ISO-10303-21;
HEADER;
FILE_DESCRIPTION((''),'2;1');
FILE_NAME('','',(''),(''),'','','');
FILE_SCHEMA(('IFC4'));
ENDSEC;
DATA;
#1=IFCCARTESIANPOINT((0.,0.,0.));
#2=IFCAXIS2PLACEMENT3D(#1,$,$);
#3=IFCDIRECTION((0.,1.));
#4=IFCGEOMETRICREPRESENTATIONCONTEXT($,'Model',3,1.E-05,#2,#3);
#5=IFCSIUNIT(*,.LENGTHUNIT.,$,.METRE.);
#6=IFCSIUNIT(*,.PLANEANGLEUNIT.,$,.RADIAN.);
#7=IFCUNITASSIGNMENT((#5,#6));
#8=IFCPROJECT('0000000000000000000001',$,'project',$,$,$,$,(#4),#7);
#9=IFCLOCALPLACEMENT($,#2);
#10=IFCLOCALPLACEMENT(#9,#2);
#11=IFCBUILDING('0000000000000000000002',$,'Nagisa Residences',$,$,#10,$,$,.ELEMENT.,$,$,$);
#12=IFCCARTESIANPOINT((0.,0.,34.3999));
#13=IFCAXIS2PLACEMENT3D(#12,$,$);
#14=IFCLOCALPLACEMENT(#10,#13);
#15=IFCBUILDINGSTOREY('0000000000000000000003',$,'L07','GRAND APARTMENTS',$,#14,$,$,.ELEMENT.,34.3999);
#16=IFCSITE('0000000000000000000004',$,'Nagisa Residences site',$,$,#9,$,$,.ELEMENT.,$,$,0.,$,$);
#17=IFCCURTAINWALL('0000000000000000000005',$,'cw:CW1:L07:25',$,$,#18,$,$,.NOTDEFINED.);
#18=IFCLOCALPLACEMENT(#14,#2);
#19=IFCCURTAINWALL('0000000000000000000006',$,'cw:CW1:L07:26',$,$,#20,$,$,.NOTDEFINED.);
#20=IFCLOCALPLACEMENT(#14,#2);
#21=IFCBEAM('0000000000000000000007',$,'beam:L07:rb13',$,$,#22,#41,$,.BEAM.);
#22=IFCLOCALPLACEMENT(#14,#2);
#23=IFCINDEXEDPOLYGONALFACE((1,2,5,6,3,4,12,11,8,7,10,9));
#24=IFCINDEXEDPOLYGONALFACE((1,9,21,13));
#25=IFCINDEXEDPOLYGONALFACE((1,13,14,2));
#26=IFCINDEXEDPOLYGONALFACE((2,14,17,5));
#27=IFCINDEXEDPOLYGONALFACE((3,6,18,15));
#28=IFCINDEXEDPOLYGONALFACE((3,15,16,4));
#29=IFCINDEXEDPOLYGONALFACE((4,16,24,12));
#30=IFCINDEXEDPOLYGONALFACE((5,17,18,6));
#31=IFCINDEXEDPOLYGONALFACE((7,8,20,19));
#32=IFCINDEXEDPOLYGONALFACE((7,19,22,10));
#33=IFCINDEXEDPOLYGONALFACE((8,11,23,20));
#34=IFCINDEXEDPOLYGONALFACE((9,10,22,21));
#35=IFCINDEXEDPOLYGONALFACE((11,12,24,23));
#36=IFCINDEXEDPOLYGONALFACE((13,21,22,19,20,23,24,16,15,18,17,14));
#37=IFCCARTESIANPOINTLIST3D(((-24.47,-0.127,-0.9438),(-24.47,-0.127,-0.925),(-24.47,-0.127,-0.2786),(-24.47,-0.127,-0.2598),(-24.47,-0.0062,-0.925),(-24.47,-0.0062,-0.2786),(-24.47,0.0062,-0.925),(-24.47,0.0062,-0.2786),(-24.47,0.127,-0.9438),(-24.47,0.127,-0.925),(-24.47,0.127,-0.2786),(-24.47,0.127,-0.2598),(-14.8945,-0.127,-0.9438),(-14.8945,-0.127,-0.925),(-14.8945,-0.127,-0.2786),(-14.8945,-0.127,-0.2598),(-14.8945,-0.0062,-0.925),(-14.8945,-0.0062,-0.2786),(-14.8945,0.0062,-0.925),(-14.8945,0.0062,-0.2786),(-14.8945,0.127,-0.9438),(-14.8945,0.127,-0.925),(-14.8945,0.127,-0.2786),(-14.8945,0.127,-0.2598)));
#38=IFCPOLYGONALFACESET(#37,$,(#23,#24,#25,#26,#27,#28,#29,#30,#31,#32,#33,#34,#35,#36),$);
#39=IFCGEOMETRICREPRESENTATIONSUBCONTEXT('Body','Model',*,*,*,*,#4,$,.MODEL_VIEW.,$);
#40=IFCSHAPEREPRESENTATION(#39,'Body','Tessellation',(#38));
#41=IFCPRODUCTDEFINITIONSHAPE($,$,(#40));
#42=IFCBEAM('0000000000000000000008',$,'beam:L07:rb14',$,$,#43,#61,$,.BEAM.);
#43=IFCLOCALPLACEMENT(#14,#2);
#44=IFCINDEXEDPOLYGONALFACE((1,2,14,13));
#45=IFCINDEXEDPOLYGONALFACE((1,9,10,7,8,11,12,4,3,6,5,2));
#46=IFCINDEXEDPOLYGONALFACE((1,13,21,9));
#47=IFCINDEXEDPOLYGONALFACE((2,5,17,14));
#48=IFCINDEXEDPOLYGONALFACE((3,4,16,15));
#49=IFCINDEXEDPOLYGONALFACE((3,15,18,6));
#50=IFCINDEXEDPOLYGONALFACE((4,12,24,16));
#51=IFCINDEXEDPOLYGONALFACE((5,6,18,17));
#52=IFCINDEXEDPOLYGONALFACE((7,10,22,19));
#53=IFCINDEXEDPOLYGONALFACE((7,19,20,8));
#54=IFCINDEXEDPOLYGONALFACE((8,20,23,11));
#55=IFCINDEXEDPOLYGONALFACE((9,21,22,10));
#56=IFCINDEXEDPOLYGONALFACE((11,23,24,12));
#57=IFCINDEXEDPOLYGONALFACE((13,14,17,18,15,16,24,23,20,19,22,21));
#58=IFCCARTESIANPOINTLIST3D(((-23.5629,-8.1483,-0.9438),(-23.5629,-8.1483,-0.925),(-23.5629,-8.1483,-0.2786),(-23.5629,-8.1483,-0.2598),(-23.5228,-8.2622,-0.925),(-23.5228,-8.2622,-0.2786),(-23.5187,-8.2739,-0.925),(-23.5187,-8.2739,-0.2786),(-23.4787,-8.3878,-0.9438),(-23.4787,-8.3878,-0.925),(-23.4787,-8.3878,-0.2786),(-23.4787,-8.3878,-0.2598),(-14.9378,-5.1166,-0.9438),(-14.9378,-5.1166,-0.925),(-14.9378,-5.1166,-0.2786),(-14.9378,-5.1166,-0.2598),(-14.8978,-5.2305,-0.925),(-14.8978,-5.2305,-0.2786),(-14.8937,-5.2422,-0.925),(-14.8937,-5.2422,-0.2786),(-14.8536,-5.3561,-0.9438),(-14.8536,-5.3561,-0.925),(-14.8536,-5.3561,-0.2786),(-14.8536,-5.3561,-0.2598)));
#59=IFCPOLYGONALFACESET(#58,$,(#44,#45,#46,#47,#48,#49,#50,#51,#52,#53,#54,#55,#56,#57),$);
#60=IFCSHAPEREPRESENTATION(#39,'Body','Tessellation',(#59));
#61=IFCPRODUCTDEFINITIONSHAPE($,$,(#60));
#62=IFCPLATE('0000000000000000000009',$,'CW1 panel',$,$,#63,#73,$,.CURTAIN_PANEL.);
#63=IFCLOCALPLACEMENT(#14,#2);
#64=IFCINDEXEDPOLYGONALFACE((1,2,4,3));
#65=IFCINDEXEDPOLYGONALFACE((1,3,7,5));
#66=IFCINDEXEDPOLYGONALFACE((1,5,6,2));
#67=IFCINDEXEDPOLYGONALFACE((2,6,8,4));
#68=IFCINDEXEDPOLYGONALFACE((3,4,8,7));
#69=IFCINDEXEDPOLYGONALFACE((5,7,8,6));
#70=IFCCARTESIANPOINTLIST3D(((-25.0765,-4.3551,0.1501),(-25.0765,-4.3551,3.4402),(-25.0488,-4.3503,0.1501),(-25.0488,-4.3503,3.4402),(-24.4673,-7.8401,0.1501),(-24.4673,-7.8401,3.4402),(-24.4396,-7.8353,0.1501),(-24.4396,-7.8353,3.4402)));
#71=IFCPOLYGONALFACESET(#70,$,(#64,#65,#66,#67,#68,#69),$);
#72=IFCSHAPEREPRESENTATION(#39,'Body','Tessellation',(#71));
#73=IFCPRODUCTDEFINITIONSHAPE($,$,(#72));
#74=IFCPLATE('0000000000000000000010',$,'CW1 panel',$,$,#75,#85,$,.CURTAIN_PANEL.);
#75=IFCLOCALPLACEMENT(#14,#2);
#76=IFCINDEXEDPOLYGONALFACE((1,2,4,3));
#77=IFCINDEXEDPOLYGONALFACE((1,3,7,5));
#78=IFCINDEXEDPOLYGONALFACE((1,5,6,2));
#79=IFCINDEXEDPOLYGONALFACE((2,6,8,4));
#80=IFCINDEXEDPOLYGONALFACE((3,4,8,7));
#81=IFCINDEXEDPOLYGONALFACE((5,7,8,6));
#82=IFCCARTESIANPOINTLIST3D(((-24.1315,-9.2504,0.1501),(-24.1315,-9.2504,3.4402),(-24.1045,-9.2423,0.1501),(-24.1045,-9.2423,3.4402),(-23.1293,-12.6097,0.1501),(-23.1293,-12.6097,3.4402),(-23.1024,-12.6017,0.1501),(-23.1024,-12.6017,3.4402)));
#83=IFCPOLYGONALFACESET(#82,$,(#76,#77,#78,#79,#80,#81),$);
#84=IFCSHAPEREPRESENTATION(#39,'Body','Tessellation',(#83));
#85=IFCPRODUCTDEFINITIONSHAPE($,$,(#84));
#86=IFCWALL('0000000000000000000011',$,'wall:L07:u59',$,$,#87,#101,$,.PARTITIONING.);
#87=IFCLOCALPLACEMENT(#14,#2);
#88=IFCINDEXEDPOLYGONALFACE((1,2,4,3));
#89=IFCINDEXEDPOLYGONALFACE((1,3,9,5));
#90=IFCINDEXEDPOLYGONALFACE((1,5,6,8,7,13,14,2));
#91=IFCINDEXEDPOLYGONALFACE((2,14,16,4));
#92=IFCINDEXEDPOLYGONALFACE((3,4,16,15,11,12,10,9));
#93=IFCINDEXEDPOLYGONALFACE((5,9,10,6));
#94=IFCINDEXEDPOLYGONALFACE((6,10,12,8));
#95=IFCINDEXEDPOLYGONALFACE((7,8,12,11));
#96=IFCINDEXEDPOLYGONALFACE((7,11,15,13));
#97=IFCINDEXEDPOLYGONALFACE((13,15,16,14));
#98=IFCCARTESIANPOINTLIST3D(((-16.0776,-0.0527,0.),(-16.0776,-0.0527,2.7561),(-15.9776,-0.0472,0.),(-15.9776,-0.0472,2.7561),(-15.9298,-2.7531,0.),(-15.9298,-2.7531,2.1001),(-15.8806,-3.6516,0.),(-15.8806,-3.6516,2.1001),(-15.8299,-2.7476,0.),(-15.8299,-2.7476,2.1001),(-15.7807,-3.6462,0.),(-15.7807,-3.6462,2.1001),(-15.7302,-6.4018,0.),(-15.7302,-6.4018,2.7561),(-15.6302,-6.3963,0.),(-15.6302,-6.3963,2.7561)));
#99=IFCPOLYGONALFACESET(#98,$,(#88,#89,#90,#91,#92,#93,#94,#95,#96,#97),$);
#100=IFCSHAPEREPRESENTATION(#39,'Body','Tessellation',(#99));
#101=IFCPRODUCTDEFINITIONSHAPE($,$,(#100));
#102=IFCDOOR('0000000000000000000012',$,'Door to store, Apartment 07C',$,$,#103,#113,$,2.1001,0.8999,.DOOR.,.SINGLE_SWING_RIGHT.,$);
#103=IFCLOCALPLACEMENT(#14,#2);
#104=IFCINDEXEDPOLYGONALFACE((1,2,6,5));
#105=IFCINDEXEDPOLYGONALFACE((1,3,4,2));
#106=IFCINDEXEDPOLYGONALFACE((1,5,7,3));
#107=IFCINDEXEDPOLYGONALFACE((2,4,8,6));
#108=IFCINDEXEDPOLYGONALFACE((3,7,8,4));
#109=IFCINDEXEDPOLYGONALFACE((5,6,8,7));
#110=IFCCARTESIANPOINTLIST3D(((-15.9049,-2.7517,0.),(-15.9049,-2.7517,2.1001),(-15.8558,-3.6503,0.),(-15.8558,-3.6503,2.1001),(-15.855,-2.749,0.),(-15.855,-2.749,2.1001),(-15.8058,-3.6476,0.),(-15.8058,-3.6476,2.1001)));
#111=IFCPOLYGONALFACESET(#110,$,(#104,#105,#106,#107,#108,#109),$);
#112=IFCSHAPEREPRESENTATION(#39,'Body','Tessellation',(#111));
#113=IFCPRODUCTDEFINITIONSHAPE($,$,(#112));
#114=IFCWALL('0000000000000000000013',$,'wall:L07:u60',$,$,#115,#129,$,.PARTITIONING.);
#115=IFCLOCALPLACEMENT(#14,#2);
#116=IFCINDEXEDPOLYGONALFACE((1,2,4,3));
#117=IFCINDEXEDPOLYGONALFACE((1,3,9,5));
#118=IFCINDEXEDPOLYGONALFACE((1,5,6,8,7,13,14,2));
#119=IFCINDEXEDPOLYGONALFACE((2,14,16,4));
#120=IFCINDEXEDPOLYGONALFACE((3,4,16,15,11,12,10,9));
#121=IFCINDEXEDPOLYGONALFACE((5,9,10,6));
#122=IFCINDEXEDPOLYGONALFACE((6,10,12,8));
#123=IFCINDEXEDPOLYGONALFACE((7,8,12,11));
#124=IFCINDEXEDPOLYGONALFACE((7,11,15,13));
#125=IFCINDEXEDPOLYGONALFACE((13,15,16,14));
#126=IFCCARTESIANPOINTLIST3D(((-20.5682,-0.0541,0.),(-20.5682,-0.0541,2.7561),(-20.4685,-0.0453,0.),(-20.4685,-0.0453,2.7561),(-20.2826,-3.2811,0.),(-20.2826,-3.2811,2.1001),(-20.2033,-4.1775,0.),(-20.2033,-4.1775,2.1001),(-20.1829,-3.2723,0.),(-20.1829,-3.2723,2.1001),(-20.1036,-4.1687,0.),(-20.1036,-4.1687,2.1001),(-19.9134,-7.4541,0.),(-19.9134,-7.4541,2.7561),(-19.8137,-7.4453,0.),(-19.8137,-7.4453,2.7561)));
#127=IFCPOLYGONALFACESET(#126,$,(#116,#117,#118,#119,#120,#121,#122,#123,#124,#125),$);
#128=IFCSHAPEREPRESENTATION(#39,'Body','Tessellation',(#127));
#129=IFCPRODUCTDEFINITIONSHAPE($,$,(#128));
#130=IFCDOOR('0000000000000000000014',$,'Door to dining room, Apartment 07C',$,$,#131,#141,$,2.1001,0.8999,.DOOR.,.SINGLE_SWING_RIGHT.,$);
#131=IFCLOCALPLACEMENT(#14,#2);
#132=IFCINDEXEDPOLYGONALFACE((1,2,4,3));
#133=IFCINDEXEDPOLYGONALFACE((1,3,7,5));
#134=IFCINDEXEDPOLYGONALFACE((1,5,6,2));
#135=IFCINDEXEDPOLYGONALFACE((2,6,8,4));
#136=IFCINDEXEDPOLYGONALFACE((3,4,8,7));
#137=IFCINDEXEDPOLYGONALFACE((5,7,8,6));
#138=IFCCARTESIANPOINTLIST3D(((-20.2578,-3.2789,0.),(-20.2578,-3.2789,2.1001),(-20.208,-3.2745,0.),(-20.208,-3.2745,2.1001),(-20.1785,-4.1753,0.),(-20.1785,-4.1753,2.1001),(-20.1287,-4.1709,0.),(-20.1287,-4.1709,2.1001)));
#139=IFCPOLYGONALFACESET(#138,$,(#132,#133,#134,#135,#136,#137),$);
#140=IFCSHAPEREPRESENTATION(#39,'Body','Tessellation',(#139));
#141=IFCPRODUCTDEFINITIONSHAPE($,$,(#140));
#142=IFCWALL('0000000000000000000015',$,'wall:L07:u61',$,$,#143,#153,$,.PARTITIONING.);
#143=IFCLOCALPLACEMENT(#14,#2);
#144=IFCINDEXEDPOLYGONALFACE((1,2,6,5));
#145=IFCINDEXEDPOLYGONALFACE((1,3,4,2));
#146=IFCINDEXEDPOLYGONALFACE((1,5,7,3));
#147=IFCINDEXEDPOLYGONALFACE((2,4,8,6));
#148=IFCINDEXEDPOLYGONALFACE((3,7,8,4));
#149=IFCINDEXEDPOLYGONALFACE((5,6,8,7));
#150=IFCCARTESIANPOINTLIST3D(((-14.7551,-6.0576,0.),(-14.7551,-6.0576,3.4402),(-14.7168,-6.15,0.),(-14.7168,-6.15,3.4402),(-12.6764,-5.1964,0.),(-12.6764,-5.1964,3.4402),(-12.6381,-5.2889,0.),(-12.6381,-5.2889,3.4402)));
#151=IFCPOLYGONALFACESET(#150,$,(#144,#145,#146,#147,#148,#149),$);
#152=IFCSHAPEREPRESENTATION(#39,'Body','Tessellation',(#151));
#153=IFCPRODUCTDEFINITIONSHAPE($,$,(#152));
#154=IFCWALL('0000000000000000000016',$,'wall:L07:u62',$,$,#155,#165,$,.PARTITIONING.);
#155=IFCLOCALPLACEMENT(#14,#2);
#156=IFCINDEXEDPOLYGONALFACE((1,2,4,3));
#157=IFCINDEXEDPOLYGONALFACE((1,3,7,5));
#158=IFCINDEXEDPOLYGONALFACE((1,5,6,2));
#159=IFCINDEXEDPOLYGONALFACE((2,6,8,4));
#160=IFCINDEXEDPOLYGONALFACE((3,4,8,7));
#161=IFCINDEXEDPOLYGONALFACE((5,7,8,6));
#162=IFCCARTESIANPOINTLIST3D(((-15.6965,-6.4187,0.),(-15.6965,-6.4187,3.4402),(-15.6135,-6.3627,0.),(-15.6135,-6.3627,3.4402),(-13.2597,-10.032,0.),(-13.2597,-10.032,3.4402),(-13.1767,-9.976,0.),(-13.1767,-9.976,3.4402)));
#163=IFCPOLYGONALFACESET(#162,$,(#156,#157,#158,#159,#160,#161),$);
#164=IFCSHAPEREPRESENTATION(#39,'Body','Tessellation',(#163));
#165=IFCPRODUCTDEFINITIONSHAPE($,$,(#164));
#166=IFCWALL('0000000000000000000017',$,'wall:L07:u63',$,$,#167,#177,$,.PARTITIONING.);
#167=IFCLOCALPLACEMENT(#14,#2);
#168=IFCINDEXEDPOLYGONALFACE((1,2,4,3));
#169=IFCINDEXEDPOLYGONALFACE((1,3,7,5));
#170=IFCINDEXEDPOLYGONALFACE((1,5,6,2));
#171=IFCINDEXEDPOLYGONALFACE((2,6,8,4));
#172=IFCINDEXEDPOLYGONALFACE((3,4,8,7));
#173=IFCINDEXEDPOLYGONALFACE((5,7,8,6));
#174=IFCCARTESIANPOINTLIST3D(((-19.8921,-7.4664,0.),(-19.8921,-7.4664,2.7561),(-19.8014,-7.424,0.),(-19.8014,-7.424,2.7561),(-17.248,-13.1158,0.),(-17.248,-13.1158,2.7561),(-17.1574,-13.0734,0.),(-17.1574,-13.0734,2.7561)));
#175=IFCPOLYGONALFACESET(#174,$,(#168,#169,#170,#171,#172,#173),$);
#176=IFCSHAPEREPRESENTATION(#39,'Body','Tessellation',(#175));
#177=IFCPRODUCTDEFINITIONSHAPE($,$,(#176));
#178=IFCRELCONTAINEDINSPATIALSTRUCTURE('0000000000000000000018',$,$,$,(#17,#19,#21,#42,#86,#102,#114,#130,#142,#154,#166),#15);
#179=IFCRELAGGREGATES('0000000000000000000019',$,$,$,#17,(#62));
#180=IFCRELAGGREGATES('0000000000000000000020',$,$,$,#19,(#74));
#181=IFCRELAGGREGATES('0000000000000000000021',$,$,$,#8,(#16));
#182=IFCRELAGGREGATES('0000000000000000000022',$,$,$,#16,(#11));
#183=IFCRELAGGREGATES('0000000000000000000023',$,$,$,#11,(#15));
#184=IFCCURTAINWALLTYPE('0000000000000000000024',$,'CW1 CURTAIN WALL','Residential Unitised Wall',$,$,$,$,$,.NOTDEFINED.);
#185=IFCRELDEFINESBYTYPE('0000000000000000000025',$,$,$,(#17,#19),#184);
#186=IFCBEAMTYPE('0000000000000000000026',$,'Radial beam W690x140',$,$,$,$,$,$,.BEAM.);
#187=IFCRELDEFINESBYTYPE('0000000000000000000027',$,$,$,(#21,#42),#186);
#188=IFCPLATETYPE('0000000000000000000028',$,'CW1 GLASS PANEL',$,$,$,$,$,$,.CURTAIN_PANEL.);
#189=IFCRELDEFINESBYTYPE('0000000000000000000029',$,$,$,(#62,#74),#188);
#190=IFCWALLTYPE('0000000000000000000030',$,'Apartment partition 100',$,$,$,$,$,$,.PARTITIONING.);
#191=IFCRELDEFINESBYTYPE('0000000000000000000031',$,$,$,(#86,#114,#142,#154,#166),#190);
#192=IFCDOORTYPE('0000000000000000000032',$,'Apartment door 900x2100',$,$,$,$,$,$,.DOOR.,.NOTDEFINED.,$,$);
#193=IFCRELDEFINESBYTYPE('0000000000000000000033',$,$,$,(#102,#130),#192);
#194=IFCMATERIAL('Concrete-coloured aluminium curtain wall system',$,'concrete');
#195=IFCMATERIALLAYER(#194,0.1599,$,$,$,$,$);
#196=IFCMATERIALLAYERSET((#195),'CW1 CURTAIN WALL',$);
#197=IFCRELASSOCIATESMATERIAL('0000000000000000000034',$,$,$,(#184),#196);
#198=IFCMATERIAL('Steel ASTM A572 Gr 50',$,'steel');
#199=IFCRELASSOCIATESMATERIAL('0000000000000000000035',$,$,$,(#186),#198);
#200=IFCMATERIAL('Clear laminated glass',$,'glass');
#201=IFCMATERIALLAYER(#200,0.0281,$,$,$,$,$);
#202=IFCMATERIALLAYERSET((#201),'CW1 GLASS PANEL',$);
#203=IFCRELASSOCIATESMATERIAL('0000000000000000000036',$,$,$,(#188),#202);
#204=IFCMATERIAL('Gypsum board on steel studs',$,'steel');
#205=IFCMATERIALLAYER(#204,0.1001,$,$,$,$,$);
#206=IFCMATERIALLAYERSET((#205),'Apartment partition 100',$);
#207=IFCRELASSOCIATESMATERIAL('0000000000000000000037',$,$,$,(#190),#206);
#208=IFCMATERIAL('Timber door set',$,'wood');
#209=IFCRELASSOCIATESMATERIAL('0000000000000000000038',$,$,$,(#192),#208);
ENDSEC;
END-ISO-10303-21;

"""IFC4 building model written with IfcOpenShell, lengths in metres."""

from ifc_helpers import new_model, si_unit, direction, frame, frame_2d, origin, origin_2d, place, context, subcontext, project, spatial, rectangle, i_section, extrude, material, layer, layer_set, material_profile, profile_set, type_object, element, fill, aggregate, save


model = new_model("IFC4")

# Units and contexts
model_context = context("Model", 3, precision=1e-05, world=origin(), true_north=direction((0.0, 1.0)))
body_context = subcontext(model_context, "Body", "Model", "MODEL_VIEW")
ifc_project = project(units=[si_unit("LENGTHUNIT", "METRE"), si_unit("PLANEANGLEUNIT", "RADIAN")], contexts=[model_context])

# Site, building, storey
site_placement = place(None, origin())
site = spatial("IfcSite", under=ifc_project, at=site_placement, Name="Nagisa Residences site", CompositionType="ELEMENT", RefElevation=0.0)
building_placement = place(site_placement, origin())
building = spatial("IfcBuilding", under=site, at=building_placement, Name="Nagisa Residences", CompositionType="ELEMENT")
storey_placement = place(building_placement, frame((0.0, 0.0, 34.3999)))
storey = spatial("IfcBuildingStorey", under=building, at=storey_placement, Name="L07", Description="GRAND APARTMENTS", CompositionType="ELEMENT", Elevation=34.3999)

# Curtain walls
ifc_material_1 = material(Name="Concrete-coloured aluminium curtain wall system", Category="concrete")
ifc_layer_1 = layer(ifc_material_1, 0.1599)
ifc_layer_set_1 = layer_set([ifc_layer_1], Name="CW1 CURTAIN WALL")
curtain_wall_type = type_object("IfcCurtainWallType", Name="CW1 CURTAIN WALL", Description="Residential Unitised Wall", PredefinedType="NOTDEFINED", material=ifc_layer_set_1)
curtain_wall_1_placement = place(storey_placement, origin())
curtain_wall_1 = element("IfcCurtainWall", 1, at=curtain_wall_1_placement, inside=storey, type_object=curtain_wall_type, Name="cw:CW1:L07:25", PredefinedType="NOTDEFINED")
curtain_wall_2_placement = place(storey_placement, origin())
curtain_wall_2 = element("IfcCurtainWall", 2, at=curtain_wall_2_placement, inside=storey, type_object=curtain_wall_type, Name="cw:CW1:L07:26", PredefinedType="NOTDEFINED")

# Beams
ifc_material_2 = material(Name="Steel ASTM A572 Gr 50", Category="steel")
ifc_material_profile_1 = material_profile(ifc_material_2, i_section(OverallWidth=0.2539, OverallDepth=0.6841, WebThickness=0.0125, FlangeThickness=0.0188, at=origin_2d()), Name="W690x140")
ifc_profile_set_1 = profile_set([ifc_material_profile_1], Name="Steel ASTM A572 Gr 50")
beam_type_1 = type_object("IfcBeamType", Name="Radial beam W690x140", PredefinedType="BEAM", material=ifc_profile_set_1)
beam_1_placement = place(storey_placement, frame((-24.47, 0.0, -0.6018), z_axis=(1.0, 0.0, 0.0), x_axis=(0.0, 1.0, 0.0)))
element("IfcBeam", 3, at=beam_1_placement, inside=storey, type_object=beam_type_1, Name="beam:L07:rb13", PredefinedType="BEAM", context=body_context, shape_type="SweptSolid", body=[
    extrude(i_section(OverallWidth=0.2539, OverallDepth=0.6841, WebThickness=0.0125, FlangeThickness=0.0188, at=origin_2d()), origin(), (0.0, 0.0, 1.0), 9.5754),
])
beam_2_placement = place(storey_placement, frame((-23.5208, -8.2681, -0.6018), z_axis=(0.943415, 0.331616, 0.0), x_axis=(-0.331616, 0.943415, 0.0)))
element("IfcBeam", 4, at=beam_2_placement, inside=storey, type_object=beam_type_1, Name="beam:L07:rb14", PredefinedType="BEAM", context=body_context, shape_type="SweptSolid", body=[
    extrude(i_section(OverallWidth=0.2539, OverallDepth=0.6841, WebThickness=0.0125, FlangeThickness=0.0188, at=origin_2d()), origin(), (0.0, 0.0, 1.0), 9.1423),
])

# Plates
ifc_material_3 = material(Name="Clear laminated glass", Category="glass")
ifc_layer_2 = layer(ifc_material_3, 0.0281)
ifc_layer_set_2 = layer_set([ifc_layer_2], Name="CW1 GLASS PANEL")
plate_type = type_object("IfcPlateType", Name="CW1 GLASS PANEL", PredefinedType="CURTAIN_PANEL", material=ifc_layer_set_2)
plate_1_placement = place(storey_placement, frame((-24.7581, -6.0952, 0.1501), z_axis=(0.0, 0.0, 1.0), x_axis=(0.172191, -0.985064, 0.0)))
plate_1 = element("IfcPlate", 5, at=plate_1_placement, type_object=plate_type, Name="CW1 panel", PredefinedType="CURTAIN_PANEL", context=body_context, shape_type="SweptSolid", body=[
    extrude(rectangle(XDim=3.5378, YDim=0.0281, at=origin_2d()), origin(), (0.0, 0.0, 1.0), 3.29),
])
aggregate(curtain_wall_1, [plate_1])
plate_2_placement = place(storey_placement, frame((-23.6169, -10.926, 0.1501), z_axis=(0.0, 0.0, 1.0), x_axis=(0.28586, -0.958271, 0.0)))
plate_2 = element("IfcPlate", 6, at=plate_2_placement, type_object=plate_type, Name="CW1 panel", PredefinedType="CURTAIN_PANEL", context=body_context, shape_type="SweptSolid", body=[
    extrude(rectangle(XDim=3.5056, YDim=0.0281, at=origin_2d()), origin(), (0.0, 0.0, 1.0), 3.29),
])
aggregate(curtain_wall_2, [plate_2])

# Walls, openings, doors
ifc_material_4 = material(Name="Gypsum board on steel studs", Category="steel")
ifc_layer_3 = layer(ifc_material_4, 0.1001)
ifc_layer_set_3 = layer_set([ifc_layer_3], Name="Apartment partition 100")
wall_type_1 = type_object("IfcWallType", Name="Apartment partition 100", PredefinedType="PARTITIONING", material=ifc_layer_set_3)
wall_1_placement = place(storey_placement, frame((-16.0276, -0.05, 0.0), z_axis=(0.0, 0.0, 1.0), x_axis=(0.054636, -0.998506, 0.0)))
wall_1 = element("IfcWall", 7, at=wall_1_placement, inside=storey, type_object=wall_type_1, Name="wall:L07:u59", PredefinedType="PARTITIONING", context=body_context, shape_type="SweptSolid", body=[
    extrude(rectangle(XDim=6.3586, YDim=0.1001, at=frame_2d((3.1792, 0.0))), origin(), (0.0, 0.0, 1.0), 2.7561),
])
opening_1_placement = place(wall_1_placement, frame((2.7043, 0.0, 0.0)))
opening_1 = element("IfcOpeningElement", 8, at=opening_1_placement, cuts=wall_1, PredefinedType="OPENING", context=body_context, shape_type="SweptSolid", body=[
    extrude(rectangle(XDim=0.8999, YDim=2.1001, at=frame_2d((0.45, 1.05))), frame((0.0, 0.0601, 0.0), z_axis=(0.0, -1.0, 0.0), x_axis=(1.0, 0.0, 0.0)), (0.0, 0.0, 1.0), 0.1201),
])
ifc_material_5 = material(Name="Timber door set", Category="wood")
door_type_1 = type_object("IfcDoorType", Name="Apartment door 900x2100", OperationType="NOTDEFINED", PredefinedType="DOOR", material=ifc_material_5)
door_1_placement = place(opening_1_placement, origin())
door_1 = element("IfcDoor", 9, at=door_1_placement, inside=storey, type_object=door_type_1, Name="Door to store, Apartment 07C", OperationType="SINGLE_SWING_RIGHT", OverallHeight=2.1001, OverallWidth=0.8999, PredefinedType="DOOR", context=body_context, shape_type="SweptSolid", body=[
    extrude(rectangle(XDim=0.8999, YDim=2.1001, at=frame_2d((0.45, 1.05))), frame((0.0, 0.0249, 0.0), z_axis=(0.0, -1.0, 0.0), x_axis=(1.0, 0.0, 0.0)), (0.0, 0.0, 1.0), 0.05),
])
fill(opening_1, door_1)
wall_2_placement = place(storey_placement, frame((-20.5183, -0.0498, 0.0), z_axis=(0.0, 0.0, 1.0), x_axis=(0.088138, -0.996108, 0.0)))
wall_2 = element("IfcWall", 10, at=wall_2_placement, inside=storey, type_object=wall_type_1, Name="wall:L07:u60", PredefinedType="PARTITIONING", context=body_context, shape_type="SweptSolid", body=[
    extrude(rectangle(XDim=7.429, YDim=0.1001, at=frame_2d((3.7144, 0.0))), origin(), (0.0, 0.0, 1.0), 2.7561),
])
opening_2_placement = place(wall_2_placement, frame((3.2395, 0.0, 0.0)))
opening_2 = element("IfcOpeningElement", 11, at=opening_2_placement, cuts=wall_2, PredefinedType="OPENING", context=body_context, shape_type="SweptSolid", body=[
    extrude(rectangle(XDim=0.8999, YDim=2.1001, at=frame_2d((0.45, 1.05))), frame((0.0, 0.0601, 0.0), z_axis=(0.0, -1.0, 0.0), x_axis=(1.0, 0.0, 0.0)), (0.0, 0.0, 1.0), 0.1201),
])
door_2_placement = place(opening_2_placement, origin())
door_2 = element("IfcDoor", 12, at=door_2_placement, inside=storey, type_object=door_type_1, Name="Door to dining room, Apartment 07C", OperationType="SINGLE_SWING_RIGHT", OverallHeight=2.1001, OverallWidth=0.8999, PredefinedType="DOOR", context=body_context, shape_type="SweptSolid", body=[
    extrude(rectangle(XDim=0.8999, YDim=2.1001, at=frame_2d((0.45, 1.05))), frame((0.0, 0.0249, 0.0), z_axis=(0.0, -1.0, 0.0), x_axis=(1.0, 0.0, 0.0)), (0.0, 0.0, 1.0), 0.05),
])
fill(opening_2, door_2)

# Walls
wall_3_placement = place(storey_placement, frame((-12.6572, -5.2427, 0.0), z_axis=(0.0, 0.0, 1.0), x_axis=(-0.923865, -0.382719, 0.0)))
element("IfcWall", 13, at=wall_3_placement, inside=storey, type_object=wall_type_1, Name="wall:L07:u61", PredefinedType="PARTITIONING", context=body_context, shape_type="SweptSolid", body=[
    extrude(rectangle(XDim=2.25, YDim=0.1001, at=frame_2d((1.125, 0.0))), origin(), (0.0, 0.0, 1.0), 3.4402),
])
wall_4_placement = place(storey_placement, frame((-15.655, -6.3906, 0.0), z_axis=(0.0, 0.0, 1.0), x_axis=(0.559126, -0.829082, 0.0)))
element("IfcWall", 14, at=wall_4_placement, inside=storey, type_object=wall_type_1, Name="wall:L07:u62", PredefinedType="PARTITIONING", context=body_context, shape_type="SweptSolid", body=[
    extrude(rectangle(XDim=4.3582, YDim=0.1001, at=frame_2d((2.1792, 0.0))), origin(), (0.0, 0.0, 1.0), 3.4402),
])
wall_5_placement = place(storey_placement, frame((-19.8467, -7.4453, 0.0), z_axis=(0.0, 0.0, 1.0), x_axis=(0.423892, -0.905713, 0.0)))
element("IfcWall", 15, at=wall_5_placement, inside=storey, type_object=wall_type_1, Name="wall:L07:u63", PredefinedType="PARTITIONING", context=body_context, shape_type="SweptSolid", body=[
    extrude(rectangle(XDim=6.2375, YDim=0.1001, at=frame_2d((3.1187, 0.0))), origin(), (0.0, 0.0, 1.0), 2.7561),
])

save(model, "model.ifc")
